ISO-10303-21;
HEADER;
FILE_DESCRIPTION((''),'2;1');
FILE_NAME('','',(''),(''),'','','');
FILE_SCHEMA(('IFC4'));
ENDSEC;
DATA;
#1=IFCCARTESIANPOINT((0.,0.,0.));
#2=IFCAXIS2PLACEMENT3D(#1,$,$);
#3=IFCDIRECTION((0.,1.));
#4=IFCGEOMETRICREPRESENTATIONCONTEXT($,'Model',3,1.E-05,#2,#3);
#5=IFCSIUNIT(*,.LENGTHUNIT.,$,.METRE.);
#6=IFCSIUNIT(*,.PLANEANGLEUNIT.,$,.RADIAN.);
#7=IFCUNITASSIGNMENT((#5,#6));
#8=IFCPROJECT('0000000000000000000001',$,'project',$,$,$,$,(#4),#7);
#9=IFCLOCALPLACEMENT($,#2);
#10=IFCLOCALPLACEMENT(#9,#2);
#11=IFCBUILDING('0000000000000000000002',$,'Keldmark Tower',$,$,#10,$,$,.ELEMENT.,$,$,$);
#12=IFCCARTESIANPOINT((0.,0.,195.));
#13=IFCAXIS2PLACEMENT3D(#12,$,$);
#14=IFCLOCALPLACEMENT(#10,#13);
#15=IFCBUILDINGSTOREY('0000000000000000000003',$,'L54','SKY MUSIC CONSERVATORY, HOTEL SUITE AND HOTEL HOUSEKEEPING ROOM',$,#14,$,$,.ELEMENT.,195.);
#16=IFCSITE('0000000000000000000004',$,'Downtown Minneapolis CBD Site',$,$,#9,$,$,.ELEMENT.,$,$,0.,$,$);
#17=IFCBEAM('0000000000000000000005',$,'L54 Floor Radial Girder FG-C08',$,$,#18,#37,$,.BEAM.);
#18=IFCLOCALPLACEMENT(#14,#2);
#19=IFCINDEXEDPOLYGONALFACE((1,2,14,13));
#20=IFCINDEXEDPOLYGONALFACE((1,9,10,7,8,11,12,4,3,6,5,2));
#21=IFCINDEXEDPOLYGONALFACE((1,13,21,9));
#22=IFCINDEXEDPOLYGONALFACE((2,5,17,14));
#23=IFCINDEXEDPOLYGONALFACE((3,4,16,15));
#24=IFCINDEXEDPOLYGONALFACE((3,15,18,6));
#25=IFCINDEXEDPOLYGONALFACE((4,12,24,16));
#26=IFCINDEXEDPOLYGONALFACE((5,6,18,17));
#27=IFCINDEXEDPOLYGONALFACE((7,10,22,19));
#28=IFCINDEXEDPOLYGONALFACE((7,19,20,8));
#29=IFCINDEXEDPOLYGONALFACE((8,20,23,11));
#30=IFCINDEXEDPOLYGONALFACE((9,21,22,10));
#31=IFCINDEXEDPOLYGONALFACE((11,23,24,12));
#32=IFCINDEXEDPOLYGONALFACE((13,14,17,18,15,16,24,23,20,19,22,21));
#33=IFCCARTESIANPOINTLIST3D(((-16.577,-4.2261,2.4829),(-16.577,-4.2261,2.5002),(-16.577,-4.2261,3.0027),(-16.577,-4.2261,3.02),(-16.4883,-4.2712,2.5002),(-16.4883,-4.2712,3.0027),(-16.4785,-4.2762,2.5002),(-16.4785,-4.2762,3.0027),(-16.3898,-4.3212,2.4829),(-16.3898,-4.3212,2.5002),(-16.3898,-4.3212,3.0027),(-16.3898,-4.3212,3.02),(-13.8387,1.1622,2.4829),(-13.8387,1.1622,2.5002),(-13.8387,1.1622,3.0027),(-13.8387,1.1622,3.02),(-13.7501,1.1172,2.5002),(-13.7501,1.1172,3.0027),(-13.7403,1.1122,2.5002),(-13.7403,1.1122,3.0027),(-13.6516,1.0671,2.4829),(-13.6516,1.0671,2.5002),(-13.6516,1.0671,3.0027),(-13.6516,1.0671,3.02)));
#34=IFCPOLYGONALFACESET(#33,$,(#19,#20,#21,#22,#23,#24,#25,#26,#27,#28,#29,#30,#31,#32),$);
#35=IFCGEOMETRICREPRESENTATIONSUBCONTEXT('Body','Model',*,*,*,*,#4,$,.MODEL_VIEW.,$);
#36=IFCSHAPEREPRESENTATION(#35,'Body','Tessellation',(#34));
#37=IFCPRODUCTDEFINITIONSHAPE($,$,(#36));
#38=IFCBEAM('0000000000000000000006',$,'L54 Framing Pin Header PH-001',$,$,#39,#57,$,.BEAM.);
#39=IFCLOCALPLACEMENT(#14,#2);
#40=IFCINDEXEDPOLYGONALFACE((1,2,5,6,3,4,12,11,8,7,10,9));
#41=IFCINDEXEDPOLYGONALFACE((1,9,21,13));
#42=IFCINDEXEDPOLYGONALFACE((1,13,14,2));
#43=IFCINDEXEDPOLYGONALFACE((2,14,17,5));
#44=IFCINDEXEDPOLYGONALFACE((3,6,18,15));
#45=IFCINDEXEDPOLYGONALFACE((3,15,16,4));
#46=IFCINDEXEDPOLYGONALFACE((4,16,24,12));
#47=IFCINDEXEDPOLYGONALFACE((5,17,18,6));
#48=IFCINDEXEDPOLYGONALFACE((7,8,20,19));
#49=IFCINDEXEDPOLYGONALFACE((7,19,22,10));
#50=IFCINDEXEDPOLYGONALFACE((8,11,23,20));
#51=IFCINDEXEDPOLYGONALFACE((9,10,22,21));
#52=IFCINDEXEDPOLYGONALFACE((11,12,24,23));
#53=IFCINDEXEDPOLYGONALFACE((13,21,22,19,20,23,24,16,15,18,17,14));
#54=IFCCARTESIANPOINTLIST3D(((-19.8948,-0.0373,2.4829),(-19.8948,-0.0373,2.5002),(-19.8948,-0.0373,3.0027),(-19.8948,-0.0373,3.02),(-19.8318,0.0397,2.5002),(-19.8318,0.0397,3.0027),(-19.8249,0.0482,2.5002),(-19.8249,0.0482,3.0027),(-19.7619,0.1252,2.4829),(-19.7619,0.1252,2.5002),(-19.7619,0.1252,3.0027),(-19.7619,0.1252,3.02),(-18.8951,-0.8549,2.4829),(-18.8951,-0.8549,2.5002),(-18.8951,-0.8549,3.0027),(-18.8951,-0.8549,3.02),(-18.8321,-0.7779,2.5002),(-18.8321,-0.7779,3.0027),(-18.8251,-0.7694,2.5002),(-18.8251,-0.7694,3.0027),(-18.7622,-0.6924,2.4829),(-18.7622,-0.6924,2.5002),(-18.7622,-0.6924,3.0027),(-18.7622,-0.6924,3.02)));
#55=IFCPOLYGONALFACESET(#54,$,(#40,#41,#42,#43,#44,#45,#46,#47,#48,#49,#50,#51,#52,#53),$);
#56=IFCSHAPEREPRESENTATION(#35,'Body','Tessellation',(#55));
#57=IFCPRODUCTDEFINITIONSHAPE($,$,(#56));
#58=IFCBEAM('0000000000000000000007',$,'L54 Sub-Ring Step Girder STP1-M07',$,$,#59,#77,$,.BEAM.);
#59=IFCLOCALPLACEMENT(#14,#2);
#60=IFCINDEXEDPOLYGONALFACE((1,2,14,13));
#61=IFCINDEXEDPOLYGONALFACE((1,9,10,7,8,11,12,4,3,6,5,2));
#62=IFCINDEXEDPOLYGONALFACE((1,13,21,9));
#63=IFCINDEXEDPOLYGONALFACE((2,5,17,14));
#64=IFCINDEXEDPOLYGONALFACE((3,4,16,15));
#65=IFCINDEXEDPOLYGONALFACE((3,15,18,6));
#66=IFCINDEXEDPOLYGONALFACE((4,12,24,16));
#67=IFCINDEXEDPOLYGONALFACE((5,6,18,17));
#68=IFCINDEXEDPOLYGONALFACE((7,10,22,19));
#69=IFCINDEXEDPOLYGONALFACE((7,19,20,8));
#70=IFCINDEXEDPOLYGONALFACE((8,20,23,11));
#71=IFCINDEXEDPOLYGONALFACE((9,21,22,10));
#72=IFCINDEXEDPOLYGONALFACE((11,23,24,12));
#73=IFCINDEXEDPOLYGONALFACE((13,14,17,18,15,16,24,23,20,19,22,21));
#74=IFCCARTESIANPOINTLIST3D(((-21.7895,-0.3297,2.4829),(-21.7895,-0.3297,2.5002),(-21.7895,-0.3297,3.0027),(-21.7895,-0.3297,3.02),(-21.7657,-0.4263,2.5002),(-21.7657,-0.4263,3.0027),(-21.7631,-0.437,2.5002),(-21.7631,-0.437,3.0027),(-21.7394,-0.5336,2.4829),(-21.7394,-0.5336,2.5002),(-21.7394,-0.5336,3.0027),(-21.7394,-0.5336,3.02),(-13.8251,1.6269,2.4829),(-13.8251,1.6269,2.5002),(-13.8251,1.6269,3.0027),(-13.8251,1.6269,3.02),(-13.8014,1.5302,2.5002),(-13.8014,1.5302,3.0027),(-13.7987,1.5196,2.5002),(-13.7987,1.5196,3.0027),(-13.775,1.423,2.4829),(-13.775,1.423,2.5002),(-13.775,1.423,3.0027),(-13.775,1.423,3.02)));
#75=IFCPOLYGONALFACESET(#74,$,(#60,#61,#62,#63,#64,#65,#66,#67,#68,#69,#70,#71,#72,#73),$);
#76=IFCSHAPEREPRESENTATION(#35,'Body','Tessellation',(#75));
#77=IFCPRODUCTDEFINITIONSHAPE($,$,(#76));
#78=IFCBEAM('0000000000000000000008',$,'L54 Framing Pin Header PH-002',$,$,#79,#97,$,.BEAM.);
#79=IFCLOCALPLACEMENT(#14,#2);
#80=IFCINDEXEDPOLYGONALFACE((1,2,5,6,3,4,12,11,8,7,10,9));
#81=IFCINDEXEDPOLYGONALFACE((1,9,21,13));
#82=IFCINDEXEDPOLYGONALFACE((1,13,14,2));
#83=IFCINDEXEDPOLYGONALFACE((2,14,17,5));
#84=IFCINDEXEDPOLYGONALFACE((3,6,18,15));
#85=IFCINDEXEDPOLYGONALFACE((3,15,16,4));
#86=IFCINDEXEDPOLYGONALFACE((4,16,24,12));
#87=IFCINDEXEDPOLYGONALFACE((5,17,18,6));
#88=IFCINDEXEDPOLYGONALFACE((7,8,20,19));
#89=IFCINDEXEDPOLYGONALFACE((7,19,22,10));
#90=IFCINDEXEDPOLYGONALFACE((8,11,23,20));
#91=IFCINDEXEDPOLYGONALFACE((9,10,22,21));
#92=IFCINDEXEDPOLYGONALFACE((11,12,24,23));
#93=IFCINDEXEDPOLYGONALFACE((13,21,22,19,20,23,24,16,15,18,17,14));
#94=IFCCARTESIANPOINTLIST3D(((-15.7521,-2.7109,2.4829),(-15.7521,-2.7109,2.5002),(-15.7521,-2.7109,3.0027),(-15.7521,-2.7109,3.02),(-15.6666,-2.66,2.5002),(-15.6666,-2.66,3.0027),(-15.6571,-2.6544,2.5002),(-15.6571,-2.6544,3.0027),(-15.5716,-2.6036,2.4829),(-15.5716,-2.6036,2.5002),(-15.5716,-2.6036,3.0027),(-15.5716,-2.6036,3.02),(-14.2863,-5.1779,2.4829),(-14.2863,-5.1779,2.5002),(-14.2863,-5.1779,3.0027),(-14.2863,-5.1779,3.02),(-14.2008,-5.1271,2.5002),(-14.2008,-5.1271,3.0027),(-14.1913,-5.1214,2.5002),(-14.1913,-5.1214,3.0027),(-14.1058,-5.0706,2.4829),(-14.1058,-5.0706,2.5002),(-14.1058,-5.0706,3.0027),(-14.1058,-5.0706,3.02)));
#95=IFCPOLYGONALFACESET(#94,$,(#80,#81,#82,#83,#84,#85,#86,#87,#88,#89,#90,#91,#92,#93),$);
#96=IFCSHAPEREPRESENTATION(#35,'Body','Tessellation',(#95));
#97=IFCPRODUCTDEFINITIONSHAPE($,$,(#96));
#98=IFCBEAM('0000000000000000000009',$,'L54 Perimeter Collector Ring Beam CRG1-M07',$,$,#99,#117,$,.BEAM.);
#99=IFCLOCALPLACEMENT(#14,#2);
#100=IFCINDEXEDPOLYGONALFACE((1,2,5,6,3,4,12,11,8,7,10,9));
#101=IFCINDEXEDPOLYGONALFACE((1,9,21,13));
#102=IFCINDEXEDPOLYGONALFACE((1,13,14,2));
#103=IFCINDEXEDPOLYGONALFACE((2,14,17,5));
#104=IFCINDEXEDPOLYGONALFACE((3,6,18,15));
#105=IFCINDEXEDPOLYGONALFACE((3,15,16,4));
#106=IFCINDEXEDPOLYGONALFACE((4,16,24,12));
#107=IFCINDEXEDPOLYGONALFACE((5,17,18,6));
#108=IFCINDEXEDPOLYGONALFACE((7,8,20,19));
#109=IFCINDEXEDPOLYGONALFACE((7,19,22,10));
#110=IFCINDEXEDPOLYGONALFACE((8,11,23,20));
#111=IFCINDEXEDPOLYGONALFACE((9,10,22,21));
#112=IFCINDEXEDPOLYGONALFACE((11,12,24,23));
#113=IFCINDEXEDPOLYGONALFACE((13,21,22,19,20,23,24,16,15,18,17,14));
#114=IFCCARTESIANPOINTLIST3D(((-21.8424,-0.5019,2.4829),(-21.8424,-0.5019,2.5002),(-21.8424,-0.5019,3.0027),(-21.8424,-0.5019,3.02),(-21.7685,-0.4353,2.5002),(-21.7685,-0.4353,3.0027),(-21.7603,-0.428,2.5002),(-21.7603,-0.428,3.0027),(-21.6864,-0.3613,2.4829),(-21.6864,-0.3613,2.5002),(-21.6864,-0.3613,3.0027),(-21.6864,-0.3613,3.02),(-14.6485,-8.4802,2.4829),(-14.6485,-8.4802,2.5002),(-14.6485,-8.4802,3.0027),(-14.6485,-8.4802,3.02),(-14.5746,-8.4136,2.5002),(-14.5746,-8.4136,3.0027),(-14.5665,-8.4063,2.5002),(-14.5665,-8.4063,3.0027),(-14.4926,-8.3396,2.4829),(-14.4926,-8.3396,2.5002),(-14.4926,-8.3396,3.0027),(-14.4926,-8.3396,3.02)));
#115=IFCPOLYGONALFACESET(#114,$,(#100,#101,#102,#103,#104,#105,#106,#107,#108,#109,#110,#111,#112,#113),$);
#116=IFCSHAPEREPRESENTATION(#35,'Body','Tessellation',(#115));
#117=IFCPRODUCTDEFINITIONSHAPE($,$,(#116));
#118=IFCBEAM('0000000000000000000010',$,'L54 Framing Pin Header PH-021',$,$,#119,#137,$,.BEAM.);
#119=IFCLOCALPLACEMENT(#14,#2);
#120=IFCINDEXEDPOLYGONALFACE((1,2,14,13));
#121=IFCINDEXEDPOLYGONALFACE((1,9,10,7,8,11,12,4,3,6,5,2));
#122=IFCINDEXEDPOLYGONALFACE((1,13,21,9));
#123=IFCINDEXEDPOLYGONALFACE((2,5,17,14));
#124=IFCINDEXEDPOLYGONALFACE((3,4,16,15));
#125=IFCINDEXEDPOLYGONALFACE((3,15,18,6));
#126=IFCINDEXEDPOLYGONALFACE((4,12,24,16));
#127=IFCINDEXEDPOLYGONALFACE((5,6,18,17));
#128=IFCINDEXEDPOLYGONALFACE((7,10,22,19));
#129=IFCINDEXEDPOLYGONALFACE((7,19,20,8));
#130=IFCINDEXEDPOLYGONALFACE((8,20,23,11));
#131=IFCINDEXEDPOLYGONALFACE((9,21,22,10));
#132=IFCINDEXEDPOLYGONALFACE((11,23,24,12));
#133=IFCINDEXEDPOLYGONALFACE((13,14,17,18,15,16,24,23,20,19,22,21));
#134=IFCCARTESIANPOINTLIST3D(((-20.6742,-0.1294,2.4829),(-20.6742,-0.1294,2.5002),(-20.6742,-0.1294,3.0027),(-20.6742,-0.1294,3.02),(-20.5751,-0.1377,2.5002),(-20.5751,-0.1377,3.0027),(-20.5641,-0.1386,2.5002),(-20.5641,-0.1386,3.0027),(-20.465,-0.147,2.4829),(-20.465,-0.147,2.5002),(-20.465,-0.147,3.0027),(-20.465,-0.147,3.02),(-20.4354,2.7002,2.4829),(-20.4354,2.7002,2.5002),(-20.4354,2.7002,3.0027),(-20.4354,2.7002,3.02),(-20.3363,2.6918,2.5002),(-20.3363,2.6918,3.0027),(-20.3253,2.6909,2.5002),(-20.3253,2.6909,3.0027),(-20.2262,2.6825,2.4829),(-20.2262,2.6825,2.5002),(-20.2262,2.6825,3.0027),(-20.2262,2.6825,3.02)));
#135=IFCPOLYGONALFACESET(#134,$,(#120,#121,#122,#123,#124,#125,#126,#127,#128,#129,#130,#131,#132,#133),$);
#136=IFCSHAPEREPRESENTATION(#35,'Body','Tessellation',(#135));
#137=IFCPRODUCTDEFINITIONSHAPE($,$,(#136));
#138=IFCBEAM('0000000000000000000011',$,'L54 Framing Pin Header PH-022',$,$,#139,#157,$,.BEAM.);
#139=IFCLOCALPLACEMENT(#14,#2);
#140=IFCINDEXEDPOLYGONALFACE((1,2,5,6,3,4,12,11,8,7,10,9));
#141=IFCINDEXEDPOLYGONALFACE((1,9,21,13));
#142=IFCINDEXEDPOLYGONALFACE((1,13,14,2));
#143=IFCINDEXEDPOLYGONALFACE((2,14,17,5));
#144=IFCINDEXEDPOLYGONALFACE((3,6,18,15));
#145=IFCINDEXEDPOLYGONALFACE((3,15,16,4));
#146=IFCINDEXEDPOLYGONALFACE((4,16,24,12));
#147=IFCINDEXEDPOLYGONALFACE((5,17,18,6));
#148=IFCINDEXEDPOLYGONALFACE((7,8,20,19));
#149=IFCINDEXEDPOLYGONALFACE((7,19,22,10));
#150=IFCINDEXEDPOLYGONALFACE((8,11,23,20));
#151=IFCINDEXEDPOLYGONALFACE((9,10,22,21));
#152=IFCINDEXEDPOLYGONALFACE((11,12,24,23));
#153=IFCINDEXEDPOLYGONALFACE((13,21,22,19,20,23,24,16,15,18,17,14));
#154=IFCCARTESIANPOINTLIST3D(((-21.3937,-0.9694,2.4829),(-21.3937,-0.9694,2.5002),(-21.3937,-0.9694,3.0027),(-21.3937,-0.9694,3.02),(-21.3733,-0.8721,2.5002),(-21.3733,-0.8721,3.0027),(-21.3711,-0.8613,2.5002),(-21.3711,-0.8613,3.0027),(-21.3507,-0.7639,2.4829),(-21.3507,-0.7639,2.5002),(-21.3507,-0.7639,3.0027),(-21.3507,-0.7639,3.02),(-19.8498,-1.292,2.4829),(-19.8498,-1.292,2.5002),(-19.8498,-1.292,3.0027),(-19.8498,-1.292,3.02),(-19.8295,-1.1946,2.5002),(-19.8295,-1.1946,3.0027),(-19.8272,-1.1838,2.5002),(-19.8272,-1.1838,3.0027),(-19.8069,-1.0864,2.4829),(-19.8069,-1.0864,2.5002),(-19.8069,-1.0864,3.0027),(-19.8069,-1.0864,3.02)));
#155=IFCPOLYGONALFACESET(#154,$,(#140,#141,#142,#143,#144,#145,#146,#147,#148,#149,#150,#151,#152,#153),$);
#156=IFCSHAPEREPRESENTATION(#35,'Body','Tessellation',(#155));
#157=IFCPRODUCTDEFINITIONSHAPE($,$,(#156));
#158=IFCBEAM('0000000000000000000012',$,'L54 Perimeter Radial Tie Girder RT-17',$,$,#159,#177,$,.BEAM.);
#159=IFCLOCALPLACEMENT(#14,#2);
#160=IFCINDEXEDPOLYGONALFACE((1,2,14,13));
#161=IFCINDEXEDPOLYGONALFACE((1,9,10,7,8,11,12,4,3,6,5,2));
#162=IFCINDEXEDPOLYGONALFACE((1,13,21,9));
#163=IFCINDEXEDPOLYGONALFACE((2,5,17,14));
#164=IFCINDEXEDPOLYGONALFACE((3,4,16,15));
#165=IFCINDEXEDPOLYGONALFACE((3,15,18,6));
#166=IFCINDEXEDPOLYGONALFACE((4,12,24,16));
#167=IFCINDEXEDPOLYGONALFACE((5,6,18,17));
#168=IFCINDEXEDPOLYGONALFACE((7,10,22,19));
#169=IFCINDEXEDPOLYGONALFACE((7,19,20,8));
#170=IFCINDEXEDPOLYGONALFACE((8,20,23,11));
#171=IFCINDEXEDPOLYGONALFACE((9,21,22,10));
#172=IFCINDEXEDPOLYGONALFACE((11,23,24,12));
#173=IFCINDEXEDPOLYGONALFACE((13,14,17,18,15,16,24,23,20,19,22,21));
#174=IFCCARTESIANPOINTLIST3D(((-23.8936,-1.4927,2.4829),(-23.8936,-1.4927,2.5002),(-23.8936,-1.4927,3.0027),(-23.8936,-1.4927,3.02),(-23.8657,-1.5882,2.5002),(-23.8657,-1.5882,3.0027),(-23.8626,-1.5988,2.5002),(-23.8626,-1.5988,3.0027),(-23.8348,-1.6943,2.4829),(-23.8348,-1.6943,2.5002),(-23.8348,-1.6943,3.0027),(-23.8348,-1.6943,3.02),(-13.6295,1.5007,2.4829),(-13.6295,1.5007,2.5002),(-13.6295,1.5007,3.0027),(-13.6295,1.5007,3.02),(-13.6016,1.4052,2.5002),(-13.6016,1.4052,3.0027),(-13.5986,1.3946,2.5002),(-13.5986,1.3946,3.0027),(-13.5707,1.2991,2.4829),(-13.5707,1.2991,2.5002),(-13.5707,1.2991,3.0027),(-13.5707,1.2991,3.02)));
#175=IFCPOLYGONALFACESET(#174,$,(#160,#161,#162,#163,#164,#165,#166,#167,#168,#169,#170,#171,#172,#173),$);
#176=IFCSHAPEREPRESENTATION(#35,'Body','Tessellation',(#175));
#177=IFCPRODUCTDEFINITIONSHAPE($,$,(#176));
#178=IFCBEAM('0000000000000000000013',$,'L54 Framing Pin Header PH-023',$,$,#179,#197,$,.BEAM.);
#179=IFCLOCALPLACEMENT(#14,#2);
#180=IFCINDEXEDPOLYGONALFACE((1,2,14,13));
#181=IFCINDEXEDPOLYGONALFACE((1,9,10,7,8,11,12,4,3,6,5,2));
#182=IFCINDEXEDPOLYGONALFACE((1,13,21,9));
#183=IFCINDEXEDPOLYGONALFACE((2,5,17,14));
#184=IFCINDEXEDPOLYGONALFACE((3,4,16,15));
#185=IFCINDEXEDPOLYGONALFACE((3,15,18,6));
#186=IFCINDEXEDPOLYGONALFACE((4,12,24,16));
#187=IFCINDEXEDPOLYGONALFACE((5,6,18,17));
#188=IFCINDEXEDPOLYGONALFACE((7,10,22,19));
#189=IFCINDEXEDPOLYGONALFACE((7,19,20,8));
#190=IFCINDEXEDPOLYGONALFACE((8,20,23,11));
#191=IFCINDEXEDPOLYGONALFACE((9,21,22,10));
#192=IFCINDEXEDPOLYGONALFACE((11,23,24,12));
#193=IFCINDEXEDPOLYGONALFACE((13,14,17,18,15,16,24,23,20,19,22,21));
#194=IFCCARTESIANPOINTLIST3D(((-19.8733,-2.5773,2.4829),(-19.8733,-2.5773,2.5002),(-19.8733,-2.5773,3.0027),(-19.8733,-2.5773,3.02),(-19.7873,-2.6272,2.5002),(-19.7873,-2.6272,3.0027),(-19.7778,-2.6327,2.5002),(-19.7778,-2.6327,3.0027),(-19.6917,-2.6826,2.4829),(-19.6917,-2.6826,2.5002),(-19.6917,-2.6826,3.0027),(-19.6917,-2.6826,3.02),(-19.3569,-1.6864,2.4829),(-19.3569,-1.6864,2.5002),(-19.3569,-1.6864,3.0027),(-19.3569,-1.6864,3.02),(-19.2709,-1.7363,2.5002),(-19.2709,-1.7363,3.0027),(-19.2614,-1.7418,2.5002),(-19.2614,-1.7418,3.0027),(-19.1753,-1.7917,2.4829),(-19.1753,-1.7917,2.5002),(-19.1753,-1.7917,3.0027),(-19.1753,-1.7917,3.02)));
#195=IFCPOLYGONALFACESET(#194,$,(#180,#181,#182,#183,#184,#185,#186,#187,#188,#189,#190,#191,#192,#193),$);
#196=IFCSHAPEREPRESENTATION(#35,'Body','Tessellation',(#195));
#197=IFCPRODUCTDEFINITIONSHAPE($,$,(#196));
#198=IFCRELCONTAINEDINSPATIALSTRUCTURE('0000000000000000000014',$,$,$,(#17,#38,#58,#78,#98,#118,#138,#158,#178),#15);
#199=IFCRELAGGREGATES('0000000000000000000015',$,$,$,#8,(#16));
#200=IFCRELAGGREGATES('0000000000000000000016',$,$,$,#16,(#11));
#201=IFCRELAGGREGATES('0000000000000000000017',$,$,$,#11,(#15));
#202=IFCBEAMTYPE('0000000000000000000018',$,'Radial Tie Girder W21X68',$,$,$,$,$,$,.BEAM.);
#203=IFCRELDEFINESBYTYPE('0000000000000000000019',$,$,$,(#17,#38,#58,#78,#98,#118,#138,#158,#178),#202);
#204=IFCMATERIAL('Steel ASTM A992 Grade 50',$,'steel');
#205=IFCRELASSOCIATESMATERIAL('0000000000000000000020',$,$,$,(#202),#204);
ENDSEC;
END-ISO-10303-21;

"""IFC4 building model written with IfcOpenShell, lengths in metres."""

from ifc_helpers import new_model, si_unit, direction, frame, origin, origin_2d, place, context, subcontext, project, spatial, i_section, extrude, material, material_profile, profile_set, type_object, element, save


model = new_model("IFC4")

# Units and contexts
model_context = context("Model", 3, precision=1e-05, world=origin(), true_north=direction((0.0, 1.0)))
body_context = subcontext(model_context, "Body", "Model", "MODEL_VIEW")
ifc_project = project(units=[si_unit("LENGTHUNIT", "METRE"), si_unit("PLANEANGLEUNIT", "RADIAN")], contexts=[model_context])

# Site, building, storey
site_placement = place(None, origin())
site = spatial("IfcSite", under=ifc_project, at=site_placement, Name="Downtown Minneapolis CBD Site", CompositionType="ELEMENT", RefElevation=0.0)
building_placement = place(site_placement, origin())
building = spatial("IfcBuilding", under=site, at=building_placement, Name="Keldmark Tower", CompositionType="ELEMENT")
storey_placement = place(building_placement, frame((0.0, 0.0, 195.0)))
storey = spatial("IfcBuildingStorey", under=building, at=storey_placement, Name="L54", Description="SKY MUSIC CONSERVATORY, HOTEL SUITE AND HOTEL HOUSEKEEPING ROOM", CompositionType="ELEMENT", Elevation=195.0)

# Beams
ifc_material_1 = material(Name="Steel ASTM A992 Grade 50", Category="steel")
ifc_material_profile_1 = material_profile(ifc_material_1, i_section(OverallWidth=0.21, OverallDepth=0.5371, WebThickness=0.011, FlangeThickness=0.0173, at=origin_2d()), Name="W21X68")
ifc_profile_set_1 = profile_set([ifc_material_profile_1], Name="Steel ASTM A992 Grade 50")
beam_type_1 = type_object("IfcBeamType", Name="Radial Tie Girder W21X68", PredefinedType="BEAM", material=ifc_profile_set_1)
beam_1_placement = place(storey_placement, frame((-16.4834, -4.2737, 2.7515), z_axis=(0.453037, 0.891492, 0.0), x_axis=(-0.891492, 0.453037, 0.0)))
element("IfcBeam", 1, at=beam_1_placement, inside=storey, type_object=beam_type_1, Name="L54 Floor Radial Girder FG-C08", PredefinedType="BEAM", context=body_context, shape_type="SweptSolid", body=[
    extrude(i_section(OverallWidth=0.21, OverallDepth=0.5371, WebThickness=0.011, FlangeThickness=0.0173, at=origin_2d()), origin(), (0.0, 0.0, 1.0), 6.0442),
])
beam_2_placement = place(storey_placement, frame((-18.8286, -0.7737, 2.7515), z_axis=(-0.774092, 0.633073, 0.0), x_axis=(-0.633073, -0.774092, 0.0)))
element("IfcBeam", 2, at=beam_2_placement, inside=storey, type_object=beam_type_1, Name="L54 Framing Pin Header PH-001", PredefinedType="BEAM", context=body_context, shape_type="SweptSolid", body=[
    extrude(i_section(OverallWidth=0.21, OverallDepth=0.5371, WebThickness=0.011, FlangeThickness=0.0173, at=origin_2d()), origin(), (0.0, 0.0, 1.0), 1.2915),
])
beam_3_placement = place(storey_placement, frame((-13.8, 1.5249, 2.7515), z_axis=(-0.971126, -0.238569, 0.0), x_axis=(0.238569, -0.971126, 0.0)))
element("IfcBeam", 3, at=beam_3_placement, inside=storey, type_object=beam_type_1, Name="L54 Sub-Ring Step Girder STP1-M07", PredefinedType="BEAM", context=body_context, shape_type="SweptSolid", body=[
    extrude(i_section(OverallWidth=0.21, OverallDepth=0.5371, WebThickness=0.011, FlangeThickness=0.0173, at=origin_2d()), origin(), (0.0, 0.0, 1.0), 8.2012),
])
beam_4_placement = place(storey_placement, frame((-15.6619, -2.6572, 2.7515), z_axis=(0.5108, -0.859699, 0.0), x_axis=(0.859699, 0.5108, 0.0)))
element("IfcBeam", 4, at=beam_4_placement, inside=storey, type_object=beam_type_1, Name="L54 Framing Pin Header PH-002", PredefinedType="BEAM", context=body_context, shape_type="SweptSolid", body=[
    extrude(i_section(OverallWidth=0.21, OverallDepth=0.5371, WebThickness=0.011, FlangeThickness=0.0173, at=origin_2d()), origin(), (0.0, 0.0, 1.0), 2.8696),
])
beam_5_placement = place(storey_placement, frame((-21.7644, -0.4316, 2.7515), z_axis=(0.669654, -0.742673, 0.0), x_axis=(0.742673, 0.669654, 0.0)))
element("IfcBeam", 5, at=beam_5_placement, inside=storey, type_object=beam_type_1, Name="L54 Perimeter Collector Ring Beam CRG1-M07", PredefinedType="BEAM", context=body_context, shape_type="SweptSolid", body=[
    extrude(i_section(OverallWidth=0.21, OverallDepth=0.5371, WebThickness=0.011, FlangeThickness=0.0173, at=origin_2d()), origin(), (0.0, 0.0, 1.0), 10.7427),
])
beam_6_placement = place(storey_placement, frame((-20.5696, -0.1382, 2.7515), z_axis=(0.084084, 0.996459, 0.0), x_axis=(-0.996459, 0.084084, 0.0)))
element("IfcBeam", 6, at=beam_6_placement, inside=storey, type_object=beam_type_1, Name="L54 Framing Pin Header PH-021", PredefinedType="BEAM", context=body_context, shape_type="SweptSolid", body=[
    extrude(i_section(OverallWidth=0.21, OverallDepth=0.5371, WebThickness=0.011, FlangeThickness=0.0173, at=origin_2d()), origin(), (0.0, 0.0, 1.0), 2.8396),
])
beam_7_placement = place(storey_placement, frame((-19.8284, -1.1892, 2.7515), z_axis=(-0.978866, 0.204504, 0.0), x_axis=(-0.204504, -0.978866, 0.0)))
element("IfcBeam", 7, at=beam_7_placement, inside=storey, type_object=beam_type_1, Name="L54 Framing Pin Header PH-022", PredefinedType="BEAM", context=body_context, shape_type="SweptSolid", body=[
    extrude(i_section(OverallWidth=0.21, OverallDepth=0.5371, WebThickness=0.011, FlangeThickness=0.0173, at=origin_2d()), origin(), (0.0, 0.0, 1.0), 1.5771),
])
beam_8_placement = place(storey_placement, frame((-13.6001, 1.3999, 2.7515), z_axis=(-0.960008, -0.279974, 0.0), x_axis=(0.279974, -0.960008, 0.0)))
element("IfcBeam", 8, at=beam_8_placement, inside=storey, type_object=beam_type_1, Name="L54 Perimeter Radial Tie Girder RT-17", PredefinedType="BEAM", context=body_context, shape_type="SweptSolid", body=[
    extrude(i_section(OverallWidth=0.21, OverallDepth=0.5371, WebThickness=0.011, FlangeThickness=0.0173, at=origin_2d()), origin(), (0.0, 0.0, 1.0), 10.6917),
])
beam_9_placement = place(storey_placement, frame((-19.2661, -1.739, 2.7515), z_axis=(-0.501466, -0.865177, 0.0), x_axis=(0.865177, -0.501466, 0.0)))
element("IfcBeam", 9, at=beam_9_placement, inside=storey, type_object=beam_type_1, Name="L54 Framing Pin Header PH-023", PredefinedType="BEAM", context=body_context, shape_type="SweptSolid", body=[
    extrude(i_section(OverallWidth=0.21, OverallDepth=0.5371, WebThickness=0.011, FlangeThickness=0.0173, at=origin_2d()), origin(), (0.0, 0.0, 1.0), 1.0298),
])

save(model, "model.ifc")
